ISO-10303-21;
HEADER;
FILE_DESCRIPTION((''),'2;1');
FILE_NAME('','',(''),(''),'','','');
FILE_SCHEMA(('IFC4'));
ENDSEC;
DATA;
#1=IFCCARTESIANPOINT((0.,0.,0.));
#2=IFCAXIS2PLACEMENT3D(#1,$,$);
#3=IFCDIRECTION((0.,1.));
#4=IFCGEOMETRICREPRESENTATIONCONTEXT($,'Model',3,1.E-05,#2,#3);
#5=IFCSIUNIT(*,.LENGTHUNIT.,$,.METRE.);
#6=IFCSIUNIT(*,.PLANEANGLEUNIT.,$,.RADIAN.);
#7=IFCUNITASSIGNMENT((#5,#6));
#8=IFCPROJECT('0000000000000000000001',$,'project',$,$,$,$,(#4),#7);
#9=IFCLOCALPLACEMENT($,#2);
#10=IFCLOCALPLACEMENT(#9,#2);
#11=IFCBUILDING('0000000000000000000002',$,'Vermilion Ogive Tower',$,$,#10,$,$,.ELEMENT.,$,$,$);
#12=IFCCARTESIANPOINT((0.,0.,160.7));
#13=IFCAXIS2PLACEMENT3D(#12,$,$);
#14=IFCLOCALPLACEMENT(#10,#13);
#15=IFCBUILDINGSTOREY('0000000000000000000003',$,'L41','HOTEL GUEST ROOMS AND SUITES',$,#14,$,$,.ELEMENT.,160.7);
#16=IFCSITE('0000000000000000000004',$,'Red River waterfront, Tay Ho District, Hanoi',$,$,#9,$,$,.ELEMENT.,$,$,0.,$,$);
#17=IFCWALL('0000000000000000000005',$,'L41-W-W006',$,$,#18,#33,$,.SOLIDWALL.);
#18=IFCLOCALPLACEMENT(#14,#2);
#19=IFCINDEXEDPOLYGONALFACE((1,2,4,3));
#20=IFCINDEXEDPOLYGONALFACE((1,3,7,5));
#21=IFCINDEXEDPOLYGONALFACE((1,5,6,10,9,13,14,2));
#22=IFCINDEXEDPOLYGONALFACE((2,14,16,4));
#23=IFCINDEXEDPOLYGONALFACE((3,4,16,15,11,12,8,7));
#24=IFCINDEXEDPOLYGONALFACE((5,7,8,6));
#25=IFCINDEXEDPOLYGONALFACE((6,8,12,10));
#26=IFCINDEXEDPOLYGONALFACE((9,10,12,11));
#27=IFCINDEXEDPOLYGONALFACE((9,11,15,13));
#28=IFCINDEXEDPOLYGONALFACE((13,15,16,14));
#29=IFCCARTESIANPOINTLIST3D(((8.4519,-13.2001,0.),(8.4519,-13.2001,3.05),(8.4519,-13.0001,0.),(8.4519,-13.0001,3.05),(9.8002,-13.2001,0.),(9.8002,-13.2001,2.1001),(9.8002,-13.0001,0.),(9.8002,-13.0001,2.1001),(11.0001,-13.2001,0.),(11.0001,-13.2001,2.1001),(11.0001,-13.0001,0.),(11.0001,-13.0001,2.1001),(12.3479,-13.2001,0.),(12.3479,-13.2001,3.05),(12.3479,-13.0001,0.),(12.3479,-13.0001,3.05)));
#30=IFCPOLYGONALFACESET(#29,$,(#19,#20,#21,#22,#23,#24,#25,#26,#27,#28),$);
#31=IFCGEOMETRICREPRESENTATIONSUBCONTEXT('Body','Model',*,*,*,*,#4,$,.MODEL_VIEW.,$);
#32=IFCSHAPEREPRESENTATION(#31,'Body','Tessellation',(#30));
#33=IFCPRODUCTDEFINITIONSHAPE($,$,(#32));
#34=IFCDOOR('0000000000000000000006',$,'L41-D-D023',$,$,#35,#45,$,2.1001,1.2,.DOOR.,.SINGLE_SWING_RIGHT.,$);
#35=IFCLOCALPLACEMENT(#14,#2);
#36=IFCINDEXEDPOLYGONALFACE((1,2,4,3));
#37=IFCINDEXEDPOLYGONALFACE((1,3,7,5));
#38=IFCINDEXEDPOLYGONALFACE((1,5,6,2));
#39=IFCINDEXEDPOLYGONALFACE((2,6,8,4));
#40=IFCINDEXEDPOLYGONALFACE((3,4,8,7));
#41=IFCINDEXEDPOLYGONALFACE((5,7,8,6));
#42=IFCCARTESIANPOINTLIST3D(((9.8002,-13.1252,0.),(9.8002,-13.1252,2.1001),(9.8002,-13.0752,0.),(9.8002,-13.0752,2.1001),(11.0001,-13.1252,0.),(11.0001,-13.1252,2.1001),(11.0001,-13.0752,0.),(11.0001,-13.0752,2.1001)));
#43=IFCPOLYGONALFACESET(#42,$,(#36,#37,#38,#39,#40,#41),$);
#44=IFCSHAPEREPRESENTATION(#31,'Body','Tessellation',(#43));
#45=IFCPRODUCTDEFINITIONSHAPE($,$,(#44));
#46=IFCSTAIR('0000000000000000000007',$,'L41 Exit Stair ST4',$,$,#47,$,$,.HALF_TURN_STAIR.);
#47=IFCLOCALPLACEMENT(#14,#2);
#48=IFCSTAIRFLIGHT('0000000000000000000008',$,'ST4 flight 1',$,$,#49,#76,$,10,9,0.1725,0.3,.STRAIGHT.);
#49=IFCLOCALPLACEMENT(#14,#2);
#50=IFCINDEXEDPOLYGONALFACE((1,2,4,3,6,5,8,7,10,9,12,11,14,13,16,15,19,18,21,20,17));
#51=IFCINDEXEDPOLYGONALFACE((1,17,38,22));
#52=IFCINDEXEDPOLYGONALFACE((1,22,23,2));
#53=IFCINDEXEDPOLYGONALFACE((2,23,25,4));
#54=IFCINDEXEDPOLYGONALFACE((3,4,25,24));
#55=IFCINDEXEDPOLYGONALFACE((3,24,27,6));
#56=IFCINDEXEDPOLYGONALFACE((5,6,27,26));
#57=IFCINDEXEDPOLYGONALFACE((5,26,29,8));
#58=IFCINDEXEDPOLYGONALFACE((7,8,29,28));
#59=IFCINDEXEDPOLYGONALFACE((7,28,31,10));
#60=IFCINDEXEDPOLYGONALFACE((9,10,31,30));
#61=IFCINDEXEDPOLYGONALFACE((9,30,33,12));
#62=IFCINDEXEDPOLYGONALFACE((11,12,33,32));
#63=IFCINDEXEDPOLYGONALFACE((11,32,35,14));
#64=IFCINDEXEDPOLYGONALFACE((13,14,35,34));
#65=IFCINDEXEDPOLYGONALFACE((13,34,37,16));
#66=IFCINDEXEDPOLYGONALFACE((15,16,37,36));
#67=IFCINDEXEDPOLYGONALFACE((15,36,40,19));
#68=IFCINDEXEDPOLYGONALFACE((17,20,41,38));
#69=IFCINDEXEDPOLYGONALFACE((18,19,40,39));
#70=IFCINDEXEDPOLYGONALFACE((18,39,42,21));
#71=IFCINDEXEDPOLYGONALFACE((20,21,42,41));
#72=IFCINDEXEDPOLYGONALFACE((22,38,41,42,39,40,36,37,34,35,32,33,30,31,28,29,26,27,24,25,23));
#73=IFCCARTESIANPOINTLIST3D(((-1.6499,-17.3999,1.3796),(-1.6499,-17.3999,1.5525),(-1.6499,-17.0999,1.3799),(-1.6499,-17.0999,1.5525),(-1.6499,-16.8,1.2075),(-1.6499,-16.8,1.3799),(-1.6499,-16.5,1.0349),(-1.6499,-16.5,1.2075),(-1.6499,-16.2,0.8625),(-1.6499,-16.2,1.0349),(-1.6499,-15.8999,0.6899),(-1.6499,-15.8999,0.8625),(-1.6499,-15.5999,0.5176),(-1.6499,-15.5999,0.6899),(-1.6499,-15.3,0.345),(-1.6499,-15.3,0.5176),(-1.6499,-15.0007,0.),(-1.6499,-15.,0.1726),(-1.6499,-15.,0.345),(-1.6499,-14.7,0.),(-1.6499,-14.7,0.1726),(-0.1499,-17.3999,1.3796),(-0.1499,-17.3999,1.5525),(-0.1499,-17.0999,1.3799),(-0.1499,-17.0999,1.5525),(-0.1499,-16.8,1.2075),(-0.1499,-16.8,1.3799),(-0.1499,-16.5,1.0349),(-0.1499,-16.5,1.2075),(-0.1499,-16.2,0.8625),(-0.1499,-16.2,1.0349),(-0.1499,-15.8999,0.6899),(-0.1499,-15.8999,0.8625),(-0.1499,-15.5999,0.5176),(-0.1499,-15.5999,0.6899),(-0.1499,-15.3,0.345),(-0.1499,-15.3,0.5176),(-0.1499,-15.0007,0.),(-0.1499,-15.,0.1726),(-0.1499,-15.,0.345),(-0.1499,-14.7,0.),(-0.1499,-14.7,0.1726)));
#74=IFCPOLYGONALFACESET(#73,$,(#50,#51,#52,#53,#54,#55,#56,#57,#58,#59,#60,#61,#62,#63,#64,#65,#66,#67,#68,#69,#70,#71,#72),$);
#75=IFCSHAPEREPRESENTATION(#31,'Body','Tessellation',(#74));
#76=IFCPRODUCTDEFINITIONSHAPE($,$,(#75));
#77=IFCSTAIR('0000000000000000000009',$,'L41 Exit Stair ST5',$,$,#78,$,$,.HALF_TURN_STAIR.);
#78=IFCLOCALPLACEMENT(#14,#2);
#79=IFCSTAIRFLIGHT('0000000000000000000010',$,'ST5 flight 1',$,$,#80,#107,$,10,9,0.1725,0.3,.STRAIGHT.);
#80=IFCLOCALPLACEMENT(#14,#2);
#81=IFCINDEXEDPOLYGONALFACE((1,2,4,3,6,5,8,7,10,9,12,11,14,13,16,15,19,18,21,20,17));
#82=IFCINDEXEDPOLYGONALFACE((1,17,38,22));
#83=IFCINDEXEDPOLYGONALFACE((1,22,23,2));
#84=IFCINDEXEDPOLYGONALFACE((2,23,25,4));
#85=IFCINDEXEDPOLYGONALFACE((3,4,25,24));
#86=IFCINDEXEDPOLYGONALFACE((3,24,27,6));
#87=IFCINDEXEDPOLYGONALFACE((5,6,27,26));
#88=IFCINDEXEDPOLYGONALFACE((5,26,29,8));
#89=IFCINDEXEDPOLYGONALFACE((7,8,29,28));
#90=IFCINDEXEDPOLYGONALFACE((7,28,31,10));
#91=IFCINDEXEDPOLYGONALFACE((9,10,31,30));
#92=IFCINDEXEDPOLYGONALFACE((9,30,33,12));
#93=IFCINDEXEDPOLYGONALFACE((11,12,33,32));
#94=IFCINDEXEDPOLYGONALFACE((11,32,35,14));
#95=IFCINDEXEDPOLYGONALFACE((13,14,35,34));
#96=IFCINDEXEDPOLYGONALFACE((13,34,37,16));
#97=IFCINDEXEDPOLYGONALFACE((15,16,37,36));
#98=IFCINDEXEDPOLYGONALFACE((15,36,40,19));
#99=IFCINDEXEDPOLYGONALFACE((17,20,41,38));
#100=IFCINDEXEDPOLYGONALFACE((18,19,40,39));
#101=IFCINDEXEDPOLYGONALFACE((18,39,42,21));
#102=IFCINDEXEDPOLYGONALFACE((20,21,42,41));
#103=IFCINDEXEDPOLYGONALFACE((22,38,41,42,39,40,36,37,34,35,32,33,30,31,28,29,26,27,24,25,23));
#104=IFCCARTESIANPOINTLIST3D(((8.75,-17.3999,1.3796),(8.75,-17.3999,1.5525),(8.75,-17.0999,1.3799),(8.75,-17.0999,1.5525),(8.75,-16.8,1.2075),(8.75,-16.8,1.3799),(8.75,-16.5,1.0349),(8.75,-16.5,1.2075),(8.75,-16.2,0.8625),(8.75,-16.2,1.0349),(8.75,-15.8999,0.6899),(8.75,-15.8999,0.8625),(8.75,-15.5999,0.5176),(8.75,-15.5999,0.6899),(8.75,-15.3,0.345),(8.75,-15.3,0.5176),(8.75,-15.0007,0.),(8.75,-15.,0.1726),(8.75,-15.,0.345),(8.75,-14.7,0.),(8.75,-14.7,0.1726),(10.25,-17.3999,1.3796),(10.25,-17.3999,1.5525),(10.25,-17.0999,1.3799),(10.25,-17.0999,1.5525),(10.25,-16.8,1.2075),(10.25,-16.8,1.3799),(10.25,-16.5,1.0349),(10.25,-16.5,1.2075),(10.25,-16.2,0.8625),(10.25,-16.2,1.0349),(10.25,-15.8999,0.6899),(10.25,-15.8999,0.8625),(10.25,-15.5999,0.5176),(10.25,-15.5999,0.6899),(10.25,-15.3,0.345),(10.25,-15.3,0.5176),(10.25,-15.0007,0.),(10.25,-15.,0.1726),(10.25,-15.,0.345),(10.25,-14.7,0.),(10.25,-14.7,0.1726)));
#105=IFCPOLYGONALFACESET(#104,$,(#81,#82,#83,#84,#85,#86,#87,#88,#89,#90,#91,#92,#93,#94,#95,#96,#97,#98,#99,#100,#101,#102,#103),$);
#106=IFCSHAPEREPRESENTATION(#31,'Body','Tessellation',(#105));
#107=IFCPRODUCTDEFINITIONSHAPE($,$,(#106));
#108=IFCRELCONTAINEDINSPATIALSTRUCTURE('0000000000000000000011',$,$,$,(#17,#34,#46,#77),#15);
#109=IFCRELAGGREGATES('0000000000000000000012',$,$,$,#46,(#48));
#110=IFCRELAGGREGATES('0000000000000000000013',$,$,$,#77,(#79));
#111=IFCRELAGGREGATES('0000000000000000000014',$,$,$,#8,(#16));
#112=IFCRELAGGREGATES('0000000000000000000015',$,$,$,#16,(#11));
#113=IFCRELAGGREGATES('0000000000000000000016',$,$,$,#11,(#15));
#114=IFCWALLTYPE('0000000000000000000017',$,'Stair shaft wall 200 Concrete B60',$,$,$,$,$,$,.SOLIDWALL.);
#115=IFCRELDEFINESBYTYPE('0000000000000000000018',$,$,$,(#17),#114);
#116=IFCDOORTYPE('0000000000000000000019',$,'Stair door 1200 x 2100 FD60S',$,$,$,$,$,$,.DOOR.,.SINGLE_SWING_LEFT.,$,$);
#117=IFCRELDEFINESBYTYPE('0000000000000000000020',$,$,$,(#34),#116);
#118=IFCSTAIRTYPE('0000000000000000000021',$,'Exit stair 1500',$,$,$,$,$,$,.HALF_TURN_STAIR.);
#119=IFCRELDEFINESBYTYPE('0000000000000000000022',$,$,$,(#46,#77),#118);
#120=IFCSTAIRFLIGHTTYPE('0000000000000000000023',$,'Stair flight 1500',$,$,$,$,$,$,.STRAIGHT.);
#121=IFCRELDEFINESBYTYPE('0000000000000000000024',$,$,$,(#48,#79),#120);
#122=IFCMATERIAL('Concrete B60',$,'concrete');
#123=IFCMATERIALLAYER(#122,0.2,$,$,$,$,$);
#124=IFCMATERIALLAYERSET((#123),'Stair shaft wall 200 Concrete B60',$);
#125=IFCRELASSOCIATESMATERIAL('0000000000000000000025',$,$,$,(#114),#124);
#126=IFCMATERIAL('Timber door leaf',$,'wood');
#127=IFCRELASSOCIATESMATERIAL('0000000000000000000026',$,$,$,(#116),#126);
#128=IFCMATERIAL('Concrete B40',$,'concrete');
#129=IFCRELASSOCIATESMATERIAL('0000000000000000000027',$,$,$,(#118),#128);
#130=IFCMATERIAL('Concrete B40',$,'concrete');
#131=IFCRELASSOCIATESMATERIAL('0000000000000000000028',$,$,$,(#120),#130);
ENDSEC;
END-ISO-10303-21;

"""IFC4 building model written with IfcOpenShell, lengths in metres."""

from ifc_helpers import new_model, si_unit, direction, frame, frame_2d, origin, place, context, subcontext, project, spatial, polyline, rectangle, outline, extrude, material, layer, layer_set, type_object, element, fill, aggregate, save


model = new_model("IFC4")

# Units and contexts
model_context = context("Model", 3, precision=1e-05, world=origin(), true_north=direction((0.0, 1.0)))
body_context = subcontext(model_context, "Body", "Model", "MODEL_VIEW")
ifc_project = project(units=[si_unit("LENGTHUNIT", "METRE"), si_unit("PLANEANGLEUNIT", "RADIAN")], contexts=[model_context])

# Site, building, storey
site_placement = place(None, origin())
site = spatial("IfcSite", under=ifc_project, at=site_placement, Name="Red River waterfront, Tay Ho District, Hanoi", CompositionType="ELEMENT", RefElevation=0.0)
building_placement = place(site_placement, origin())
building = spatial("IfcBuilding", under=site, at=building_placement, Name="Vermilion Ogive Tower", CompositionType="ELEMENT")
storey_placement = place(building_placement, frame((0.0, 0.0, 160.7)))
storey = spatial("IfcBuildingStorey", under=building, at=storey_placement, Name="L41", Description="HOTEL GUEST ROOMS AND SUITES", CompositionType="ELEMENT", Elevation=160.7)

# Wall, opening, door
ifc_material_1 = material(Name="Concrete B60", Category="concrete")
ifc_layer_1 = layer(ifc_material_1, 0.2)
ifc_layer_set_1 = layer_set([ifc_layer_1], Name="Stair shaft wall 200 Concrete B60")
wall_type_1 = type_object("IfcWallType", Name="Stair shaft wall 200 Concrete B60", PredefinedType="SOLIDWALL", material=ifc_layer_set_1)
wall_1_placement = place(storey_placement, frame((8.4519, -13.1001, 0.0), z_axis=(0.0, 0.0, 1.0), x_axis=(1.0, 0.0, 0.0)))
wall_1 = element("IfcWall", 1, at=wall_1_placement, inside=storey, type_object=wall_type_1, Name="L41-W-W006", PredefinedType="SOLIDWALL", context=body_context, shape_type="SweptSolid", body=[
    extrude(rectangle(XDim=3.896, YDim=0.2, at=frame_2d((1.948, 0.0))), origin(), (0.0, 0.0, 1.0), 3.05),
])
opening_1_placement = place(wall_1_placement, frame((1.3481, 0.0, 0.0)))
opening_1 = element("IfcOpeningElement", 2, at=opening_1_placement, cuts=wall_1, PredefinedType="OPENING", context=body_context, shape_type="SweptSolid", body=[
    extrude(rectangle(XDim=1.2, YDim=2.1001, at=frame_2d((0.6001, 1.05))), frame((0.0, 0.1099, 0.0), z_axis=(0.0, -1.0, 0.0), x_axis=(1.0, 0.0, 0.0)), (0.0, 0.0, 1.0), 0.22),
])
ifc_material_2 = material(Name="Timber door leaf", Category="wood")
door_type_1 = type_object("IfcDoorType", Name="Stair door 1200 x 2100 FD60S", OperationType="SINGLE_SWING_LEFT", PredefinedType="DOOR", material=ifc_material_2)
door_1_placement = place(opening_1_placement, origin())
door_1 = element("IfcDoor", 3, at=door_1_placement, inside=storey, type_object=door_type_1, Name="L41-D-D023", OperationType="SINGLE_SWING_RIGHT", OverallHeight=2.1001, OverallWidth=1.2, PredefinedType="DOOR", context=body_context, shape_type="SweptSolid", body=[
    extrude(rectangle(XDim=1.2, YDim=2.1001, at=frame_2d((0.6001, 1.05))), frame((0.0, 0.0249, 0.0), z_axis=(0.0, -1.0, 0.0), x_axis=(1.0, 0.0, 0.0)), (0.0, 0.0, 1.0), 0.05),
])
fill(opening_1, door_1)

# Stairs, stair flights
ifc_material_3 = material(Name="Concrete B40", Category="concrete")
stair_type = type_object("IfcStairType", Name="Exit stair 1500", PredefinedType="HALF_TURN_STAIR", material=ifc_material_3)
stair_1_placement = place(storey_placement, origin())
stair_1 = element("IfcStair", 4, at=stair_1_placement, inside=storey, type_object=stair_type, Name="L41 Exit Stair ST4", PredefinedType="HALF_TURN_STAIR")
ifc_material_4 = material(Name="Concrete B40", Category="concrete")
stair_flight_type = type_object("IfcStairFlightType", Name="Stair flight 1500", PredefinedType="STRAIGHT", material=ifc_material_4)
stair_flight_1_placement = place(storey_placement, frame((-0.8999, -14.7, 0.0), z_axis=(0.0, 0.0, 1.0), x_axis=(0.0, -1.0, 0.0)))
stair_flight_1 = element("IfcStairFlight", 5, at=stair_flight_1_placement, type_object=stair_flight_type, Name="ST4 flight 1", NumberOfRisers=10, NumberOfTreads=9, PredefinedType="STRAIGHT", RiserHeight=0.1725, TreadLength=0.3, context=body_context, shape_type="SweptSolid", body=[
    extrude(outline(polyline([(0.0, 0.0), (0.0, 0.1726), (0.3, 0.1726), (0.3, 0.345), (0.6001, 0.345), (0.6001, 0.5176), (0.8999, 0.5176), (0.8999, 0.6899), (1.2, 0.6899), (1.2, 0.8625), (1.5, 0.8625), (1.5, 1.0349), (1.8, 1.0349), (1.8, 1.2075), (2.1001, 1.2075), (2.1001, 1.3799), (2.3999, 1.3799), (2.3999, 1.5525), (2.7, 1.5525), (2.7, 1.7251), (2.7, 1.3796), (0.3008, 0.0), (0.0, 0.0)])), frame((0.0, 0.75, 0.0), z_axis=(0.0, -1.0, 0.0), x_axis=(1.0, 0.0, 0.0)), (0.0, 0.0, 1.0), 1.5),
])
aggregate(stair_1, [stair_flight_1])
stair_2_placement = place(storey_placement, origin())
stair_2 = element("IfcStair", 6, at=stair_2_placement, inside=storey, type_object=stair_type, Name="L41 Exit Stair ST5", PredefinedType="HALF_TURN_STAIR")
stair_flight_2_placement = place(storey_placement, frame((9.5, -14.7, 0.0), z_axis=(0.0, 0.0, 1.0), x_axis=(0.0, -1.0, 0.0)))
stair_flight_2 = element("IfcStairFlight", 7, at=stair_flight_2_placement, type_object=stair_flight_type, Name="ST5 flight 1", NumberOfRisers=10, NumberOfTreads=9, PredefinedType="STRAIGHT", RiserHeight=0.1725, TreadLength=0.3, context=body_context, shape_type="SweptSolid", body=[
    extrude(outline(polyline([(0.0, 0.0), (0.0, 0.1726), (0.3, 0.1726), (0.3, 0.345), (0.6001, 0.345), (0.6001, 0.5176), (0.8999, 0.5176), (0.8999, 0.6899), (1.2, 0.6899), (1.2, 0.8625), (1.5, 0.8625), (1.5, 1.0349), (1.8, 1.0349), (1.8, 1.2075), (2.1001, 1.2075), (2.1001, 1.3799), (2.3999, 1.3799), (2.3999, 1.5525), (2.7, 1.5525), (2.7, 1.7251), (2.7, 1.3796), (0.3008, 0.0), (0.0, 0.0)])), frame((0.0, 0.75, 0.0), z_axis=(0.0, -1.0, 0.0), x_axis=(1.0, 0.0, 0.0)), (0.0, 0.0, 1.0), 1.5),
])
aggregate(stair_2, [stair_flight_2])

save(model, "model.ifc")
